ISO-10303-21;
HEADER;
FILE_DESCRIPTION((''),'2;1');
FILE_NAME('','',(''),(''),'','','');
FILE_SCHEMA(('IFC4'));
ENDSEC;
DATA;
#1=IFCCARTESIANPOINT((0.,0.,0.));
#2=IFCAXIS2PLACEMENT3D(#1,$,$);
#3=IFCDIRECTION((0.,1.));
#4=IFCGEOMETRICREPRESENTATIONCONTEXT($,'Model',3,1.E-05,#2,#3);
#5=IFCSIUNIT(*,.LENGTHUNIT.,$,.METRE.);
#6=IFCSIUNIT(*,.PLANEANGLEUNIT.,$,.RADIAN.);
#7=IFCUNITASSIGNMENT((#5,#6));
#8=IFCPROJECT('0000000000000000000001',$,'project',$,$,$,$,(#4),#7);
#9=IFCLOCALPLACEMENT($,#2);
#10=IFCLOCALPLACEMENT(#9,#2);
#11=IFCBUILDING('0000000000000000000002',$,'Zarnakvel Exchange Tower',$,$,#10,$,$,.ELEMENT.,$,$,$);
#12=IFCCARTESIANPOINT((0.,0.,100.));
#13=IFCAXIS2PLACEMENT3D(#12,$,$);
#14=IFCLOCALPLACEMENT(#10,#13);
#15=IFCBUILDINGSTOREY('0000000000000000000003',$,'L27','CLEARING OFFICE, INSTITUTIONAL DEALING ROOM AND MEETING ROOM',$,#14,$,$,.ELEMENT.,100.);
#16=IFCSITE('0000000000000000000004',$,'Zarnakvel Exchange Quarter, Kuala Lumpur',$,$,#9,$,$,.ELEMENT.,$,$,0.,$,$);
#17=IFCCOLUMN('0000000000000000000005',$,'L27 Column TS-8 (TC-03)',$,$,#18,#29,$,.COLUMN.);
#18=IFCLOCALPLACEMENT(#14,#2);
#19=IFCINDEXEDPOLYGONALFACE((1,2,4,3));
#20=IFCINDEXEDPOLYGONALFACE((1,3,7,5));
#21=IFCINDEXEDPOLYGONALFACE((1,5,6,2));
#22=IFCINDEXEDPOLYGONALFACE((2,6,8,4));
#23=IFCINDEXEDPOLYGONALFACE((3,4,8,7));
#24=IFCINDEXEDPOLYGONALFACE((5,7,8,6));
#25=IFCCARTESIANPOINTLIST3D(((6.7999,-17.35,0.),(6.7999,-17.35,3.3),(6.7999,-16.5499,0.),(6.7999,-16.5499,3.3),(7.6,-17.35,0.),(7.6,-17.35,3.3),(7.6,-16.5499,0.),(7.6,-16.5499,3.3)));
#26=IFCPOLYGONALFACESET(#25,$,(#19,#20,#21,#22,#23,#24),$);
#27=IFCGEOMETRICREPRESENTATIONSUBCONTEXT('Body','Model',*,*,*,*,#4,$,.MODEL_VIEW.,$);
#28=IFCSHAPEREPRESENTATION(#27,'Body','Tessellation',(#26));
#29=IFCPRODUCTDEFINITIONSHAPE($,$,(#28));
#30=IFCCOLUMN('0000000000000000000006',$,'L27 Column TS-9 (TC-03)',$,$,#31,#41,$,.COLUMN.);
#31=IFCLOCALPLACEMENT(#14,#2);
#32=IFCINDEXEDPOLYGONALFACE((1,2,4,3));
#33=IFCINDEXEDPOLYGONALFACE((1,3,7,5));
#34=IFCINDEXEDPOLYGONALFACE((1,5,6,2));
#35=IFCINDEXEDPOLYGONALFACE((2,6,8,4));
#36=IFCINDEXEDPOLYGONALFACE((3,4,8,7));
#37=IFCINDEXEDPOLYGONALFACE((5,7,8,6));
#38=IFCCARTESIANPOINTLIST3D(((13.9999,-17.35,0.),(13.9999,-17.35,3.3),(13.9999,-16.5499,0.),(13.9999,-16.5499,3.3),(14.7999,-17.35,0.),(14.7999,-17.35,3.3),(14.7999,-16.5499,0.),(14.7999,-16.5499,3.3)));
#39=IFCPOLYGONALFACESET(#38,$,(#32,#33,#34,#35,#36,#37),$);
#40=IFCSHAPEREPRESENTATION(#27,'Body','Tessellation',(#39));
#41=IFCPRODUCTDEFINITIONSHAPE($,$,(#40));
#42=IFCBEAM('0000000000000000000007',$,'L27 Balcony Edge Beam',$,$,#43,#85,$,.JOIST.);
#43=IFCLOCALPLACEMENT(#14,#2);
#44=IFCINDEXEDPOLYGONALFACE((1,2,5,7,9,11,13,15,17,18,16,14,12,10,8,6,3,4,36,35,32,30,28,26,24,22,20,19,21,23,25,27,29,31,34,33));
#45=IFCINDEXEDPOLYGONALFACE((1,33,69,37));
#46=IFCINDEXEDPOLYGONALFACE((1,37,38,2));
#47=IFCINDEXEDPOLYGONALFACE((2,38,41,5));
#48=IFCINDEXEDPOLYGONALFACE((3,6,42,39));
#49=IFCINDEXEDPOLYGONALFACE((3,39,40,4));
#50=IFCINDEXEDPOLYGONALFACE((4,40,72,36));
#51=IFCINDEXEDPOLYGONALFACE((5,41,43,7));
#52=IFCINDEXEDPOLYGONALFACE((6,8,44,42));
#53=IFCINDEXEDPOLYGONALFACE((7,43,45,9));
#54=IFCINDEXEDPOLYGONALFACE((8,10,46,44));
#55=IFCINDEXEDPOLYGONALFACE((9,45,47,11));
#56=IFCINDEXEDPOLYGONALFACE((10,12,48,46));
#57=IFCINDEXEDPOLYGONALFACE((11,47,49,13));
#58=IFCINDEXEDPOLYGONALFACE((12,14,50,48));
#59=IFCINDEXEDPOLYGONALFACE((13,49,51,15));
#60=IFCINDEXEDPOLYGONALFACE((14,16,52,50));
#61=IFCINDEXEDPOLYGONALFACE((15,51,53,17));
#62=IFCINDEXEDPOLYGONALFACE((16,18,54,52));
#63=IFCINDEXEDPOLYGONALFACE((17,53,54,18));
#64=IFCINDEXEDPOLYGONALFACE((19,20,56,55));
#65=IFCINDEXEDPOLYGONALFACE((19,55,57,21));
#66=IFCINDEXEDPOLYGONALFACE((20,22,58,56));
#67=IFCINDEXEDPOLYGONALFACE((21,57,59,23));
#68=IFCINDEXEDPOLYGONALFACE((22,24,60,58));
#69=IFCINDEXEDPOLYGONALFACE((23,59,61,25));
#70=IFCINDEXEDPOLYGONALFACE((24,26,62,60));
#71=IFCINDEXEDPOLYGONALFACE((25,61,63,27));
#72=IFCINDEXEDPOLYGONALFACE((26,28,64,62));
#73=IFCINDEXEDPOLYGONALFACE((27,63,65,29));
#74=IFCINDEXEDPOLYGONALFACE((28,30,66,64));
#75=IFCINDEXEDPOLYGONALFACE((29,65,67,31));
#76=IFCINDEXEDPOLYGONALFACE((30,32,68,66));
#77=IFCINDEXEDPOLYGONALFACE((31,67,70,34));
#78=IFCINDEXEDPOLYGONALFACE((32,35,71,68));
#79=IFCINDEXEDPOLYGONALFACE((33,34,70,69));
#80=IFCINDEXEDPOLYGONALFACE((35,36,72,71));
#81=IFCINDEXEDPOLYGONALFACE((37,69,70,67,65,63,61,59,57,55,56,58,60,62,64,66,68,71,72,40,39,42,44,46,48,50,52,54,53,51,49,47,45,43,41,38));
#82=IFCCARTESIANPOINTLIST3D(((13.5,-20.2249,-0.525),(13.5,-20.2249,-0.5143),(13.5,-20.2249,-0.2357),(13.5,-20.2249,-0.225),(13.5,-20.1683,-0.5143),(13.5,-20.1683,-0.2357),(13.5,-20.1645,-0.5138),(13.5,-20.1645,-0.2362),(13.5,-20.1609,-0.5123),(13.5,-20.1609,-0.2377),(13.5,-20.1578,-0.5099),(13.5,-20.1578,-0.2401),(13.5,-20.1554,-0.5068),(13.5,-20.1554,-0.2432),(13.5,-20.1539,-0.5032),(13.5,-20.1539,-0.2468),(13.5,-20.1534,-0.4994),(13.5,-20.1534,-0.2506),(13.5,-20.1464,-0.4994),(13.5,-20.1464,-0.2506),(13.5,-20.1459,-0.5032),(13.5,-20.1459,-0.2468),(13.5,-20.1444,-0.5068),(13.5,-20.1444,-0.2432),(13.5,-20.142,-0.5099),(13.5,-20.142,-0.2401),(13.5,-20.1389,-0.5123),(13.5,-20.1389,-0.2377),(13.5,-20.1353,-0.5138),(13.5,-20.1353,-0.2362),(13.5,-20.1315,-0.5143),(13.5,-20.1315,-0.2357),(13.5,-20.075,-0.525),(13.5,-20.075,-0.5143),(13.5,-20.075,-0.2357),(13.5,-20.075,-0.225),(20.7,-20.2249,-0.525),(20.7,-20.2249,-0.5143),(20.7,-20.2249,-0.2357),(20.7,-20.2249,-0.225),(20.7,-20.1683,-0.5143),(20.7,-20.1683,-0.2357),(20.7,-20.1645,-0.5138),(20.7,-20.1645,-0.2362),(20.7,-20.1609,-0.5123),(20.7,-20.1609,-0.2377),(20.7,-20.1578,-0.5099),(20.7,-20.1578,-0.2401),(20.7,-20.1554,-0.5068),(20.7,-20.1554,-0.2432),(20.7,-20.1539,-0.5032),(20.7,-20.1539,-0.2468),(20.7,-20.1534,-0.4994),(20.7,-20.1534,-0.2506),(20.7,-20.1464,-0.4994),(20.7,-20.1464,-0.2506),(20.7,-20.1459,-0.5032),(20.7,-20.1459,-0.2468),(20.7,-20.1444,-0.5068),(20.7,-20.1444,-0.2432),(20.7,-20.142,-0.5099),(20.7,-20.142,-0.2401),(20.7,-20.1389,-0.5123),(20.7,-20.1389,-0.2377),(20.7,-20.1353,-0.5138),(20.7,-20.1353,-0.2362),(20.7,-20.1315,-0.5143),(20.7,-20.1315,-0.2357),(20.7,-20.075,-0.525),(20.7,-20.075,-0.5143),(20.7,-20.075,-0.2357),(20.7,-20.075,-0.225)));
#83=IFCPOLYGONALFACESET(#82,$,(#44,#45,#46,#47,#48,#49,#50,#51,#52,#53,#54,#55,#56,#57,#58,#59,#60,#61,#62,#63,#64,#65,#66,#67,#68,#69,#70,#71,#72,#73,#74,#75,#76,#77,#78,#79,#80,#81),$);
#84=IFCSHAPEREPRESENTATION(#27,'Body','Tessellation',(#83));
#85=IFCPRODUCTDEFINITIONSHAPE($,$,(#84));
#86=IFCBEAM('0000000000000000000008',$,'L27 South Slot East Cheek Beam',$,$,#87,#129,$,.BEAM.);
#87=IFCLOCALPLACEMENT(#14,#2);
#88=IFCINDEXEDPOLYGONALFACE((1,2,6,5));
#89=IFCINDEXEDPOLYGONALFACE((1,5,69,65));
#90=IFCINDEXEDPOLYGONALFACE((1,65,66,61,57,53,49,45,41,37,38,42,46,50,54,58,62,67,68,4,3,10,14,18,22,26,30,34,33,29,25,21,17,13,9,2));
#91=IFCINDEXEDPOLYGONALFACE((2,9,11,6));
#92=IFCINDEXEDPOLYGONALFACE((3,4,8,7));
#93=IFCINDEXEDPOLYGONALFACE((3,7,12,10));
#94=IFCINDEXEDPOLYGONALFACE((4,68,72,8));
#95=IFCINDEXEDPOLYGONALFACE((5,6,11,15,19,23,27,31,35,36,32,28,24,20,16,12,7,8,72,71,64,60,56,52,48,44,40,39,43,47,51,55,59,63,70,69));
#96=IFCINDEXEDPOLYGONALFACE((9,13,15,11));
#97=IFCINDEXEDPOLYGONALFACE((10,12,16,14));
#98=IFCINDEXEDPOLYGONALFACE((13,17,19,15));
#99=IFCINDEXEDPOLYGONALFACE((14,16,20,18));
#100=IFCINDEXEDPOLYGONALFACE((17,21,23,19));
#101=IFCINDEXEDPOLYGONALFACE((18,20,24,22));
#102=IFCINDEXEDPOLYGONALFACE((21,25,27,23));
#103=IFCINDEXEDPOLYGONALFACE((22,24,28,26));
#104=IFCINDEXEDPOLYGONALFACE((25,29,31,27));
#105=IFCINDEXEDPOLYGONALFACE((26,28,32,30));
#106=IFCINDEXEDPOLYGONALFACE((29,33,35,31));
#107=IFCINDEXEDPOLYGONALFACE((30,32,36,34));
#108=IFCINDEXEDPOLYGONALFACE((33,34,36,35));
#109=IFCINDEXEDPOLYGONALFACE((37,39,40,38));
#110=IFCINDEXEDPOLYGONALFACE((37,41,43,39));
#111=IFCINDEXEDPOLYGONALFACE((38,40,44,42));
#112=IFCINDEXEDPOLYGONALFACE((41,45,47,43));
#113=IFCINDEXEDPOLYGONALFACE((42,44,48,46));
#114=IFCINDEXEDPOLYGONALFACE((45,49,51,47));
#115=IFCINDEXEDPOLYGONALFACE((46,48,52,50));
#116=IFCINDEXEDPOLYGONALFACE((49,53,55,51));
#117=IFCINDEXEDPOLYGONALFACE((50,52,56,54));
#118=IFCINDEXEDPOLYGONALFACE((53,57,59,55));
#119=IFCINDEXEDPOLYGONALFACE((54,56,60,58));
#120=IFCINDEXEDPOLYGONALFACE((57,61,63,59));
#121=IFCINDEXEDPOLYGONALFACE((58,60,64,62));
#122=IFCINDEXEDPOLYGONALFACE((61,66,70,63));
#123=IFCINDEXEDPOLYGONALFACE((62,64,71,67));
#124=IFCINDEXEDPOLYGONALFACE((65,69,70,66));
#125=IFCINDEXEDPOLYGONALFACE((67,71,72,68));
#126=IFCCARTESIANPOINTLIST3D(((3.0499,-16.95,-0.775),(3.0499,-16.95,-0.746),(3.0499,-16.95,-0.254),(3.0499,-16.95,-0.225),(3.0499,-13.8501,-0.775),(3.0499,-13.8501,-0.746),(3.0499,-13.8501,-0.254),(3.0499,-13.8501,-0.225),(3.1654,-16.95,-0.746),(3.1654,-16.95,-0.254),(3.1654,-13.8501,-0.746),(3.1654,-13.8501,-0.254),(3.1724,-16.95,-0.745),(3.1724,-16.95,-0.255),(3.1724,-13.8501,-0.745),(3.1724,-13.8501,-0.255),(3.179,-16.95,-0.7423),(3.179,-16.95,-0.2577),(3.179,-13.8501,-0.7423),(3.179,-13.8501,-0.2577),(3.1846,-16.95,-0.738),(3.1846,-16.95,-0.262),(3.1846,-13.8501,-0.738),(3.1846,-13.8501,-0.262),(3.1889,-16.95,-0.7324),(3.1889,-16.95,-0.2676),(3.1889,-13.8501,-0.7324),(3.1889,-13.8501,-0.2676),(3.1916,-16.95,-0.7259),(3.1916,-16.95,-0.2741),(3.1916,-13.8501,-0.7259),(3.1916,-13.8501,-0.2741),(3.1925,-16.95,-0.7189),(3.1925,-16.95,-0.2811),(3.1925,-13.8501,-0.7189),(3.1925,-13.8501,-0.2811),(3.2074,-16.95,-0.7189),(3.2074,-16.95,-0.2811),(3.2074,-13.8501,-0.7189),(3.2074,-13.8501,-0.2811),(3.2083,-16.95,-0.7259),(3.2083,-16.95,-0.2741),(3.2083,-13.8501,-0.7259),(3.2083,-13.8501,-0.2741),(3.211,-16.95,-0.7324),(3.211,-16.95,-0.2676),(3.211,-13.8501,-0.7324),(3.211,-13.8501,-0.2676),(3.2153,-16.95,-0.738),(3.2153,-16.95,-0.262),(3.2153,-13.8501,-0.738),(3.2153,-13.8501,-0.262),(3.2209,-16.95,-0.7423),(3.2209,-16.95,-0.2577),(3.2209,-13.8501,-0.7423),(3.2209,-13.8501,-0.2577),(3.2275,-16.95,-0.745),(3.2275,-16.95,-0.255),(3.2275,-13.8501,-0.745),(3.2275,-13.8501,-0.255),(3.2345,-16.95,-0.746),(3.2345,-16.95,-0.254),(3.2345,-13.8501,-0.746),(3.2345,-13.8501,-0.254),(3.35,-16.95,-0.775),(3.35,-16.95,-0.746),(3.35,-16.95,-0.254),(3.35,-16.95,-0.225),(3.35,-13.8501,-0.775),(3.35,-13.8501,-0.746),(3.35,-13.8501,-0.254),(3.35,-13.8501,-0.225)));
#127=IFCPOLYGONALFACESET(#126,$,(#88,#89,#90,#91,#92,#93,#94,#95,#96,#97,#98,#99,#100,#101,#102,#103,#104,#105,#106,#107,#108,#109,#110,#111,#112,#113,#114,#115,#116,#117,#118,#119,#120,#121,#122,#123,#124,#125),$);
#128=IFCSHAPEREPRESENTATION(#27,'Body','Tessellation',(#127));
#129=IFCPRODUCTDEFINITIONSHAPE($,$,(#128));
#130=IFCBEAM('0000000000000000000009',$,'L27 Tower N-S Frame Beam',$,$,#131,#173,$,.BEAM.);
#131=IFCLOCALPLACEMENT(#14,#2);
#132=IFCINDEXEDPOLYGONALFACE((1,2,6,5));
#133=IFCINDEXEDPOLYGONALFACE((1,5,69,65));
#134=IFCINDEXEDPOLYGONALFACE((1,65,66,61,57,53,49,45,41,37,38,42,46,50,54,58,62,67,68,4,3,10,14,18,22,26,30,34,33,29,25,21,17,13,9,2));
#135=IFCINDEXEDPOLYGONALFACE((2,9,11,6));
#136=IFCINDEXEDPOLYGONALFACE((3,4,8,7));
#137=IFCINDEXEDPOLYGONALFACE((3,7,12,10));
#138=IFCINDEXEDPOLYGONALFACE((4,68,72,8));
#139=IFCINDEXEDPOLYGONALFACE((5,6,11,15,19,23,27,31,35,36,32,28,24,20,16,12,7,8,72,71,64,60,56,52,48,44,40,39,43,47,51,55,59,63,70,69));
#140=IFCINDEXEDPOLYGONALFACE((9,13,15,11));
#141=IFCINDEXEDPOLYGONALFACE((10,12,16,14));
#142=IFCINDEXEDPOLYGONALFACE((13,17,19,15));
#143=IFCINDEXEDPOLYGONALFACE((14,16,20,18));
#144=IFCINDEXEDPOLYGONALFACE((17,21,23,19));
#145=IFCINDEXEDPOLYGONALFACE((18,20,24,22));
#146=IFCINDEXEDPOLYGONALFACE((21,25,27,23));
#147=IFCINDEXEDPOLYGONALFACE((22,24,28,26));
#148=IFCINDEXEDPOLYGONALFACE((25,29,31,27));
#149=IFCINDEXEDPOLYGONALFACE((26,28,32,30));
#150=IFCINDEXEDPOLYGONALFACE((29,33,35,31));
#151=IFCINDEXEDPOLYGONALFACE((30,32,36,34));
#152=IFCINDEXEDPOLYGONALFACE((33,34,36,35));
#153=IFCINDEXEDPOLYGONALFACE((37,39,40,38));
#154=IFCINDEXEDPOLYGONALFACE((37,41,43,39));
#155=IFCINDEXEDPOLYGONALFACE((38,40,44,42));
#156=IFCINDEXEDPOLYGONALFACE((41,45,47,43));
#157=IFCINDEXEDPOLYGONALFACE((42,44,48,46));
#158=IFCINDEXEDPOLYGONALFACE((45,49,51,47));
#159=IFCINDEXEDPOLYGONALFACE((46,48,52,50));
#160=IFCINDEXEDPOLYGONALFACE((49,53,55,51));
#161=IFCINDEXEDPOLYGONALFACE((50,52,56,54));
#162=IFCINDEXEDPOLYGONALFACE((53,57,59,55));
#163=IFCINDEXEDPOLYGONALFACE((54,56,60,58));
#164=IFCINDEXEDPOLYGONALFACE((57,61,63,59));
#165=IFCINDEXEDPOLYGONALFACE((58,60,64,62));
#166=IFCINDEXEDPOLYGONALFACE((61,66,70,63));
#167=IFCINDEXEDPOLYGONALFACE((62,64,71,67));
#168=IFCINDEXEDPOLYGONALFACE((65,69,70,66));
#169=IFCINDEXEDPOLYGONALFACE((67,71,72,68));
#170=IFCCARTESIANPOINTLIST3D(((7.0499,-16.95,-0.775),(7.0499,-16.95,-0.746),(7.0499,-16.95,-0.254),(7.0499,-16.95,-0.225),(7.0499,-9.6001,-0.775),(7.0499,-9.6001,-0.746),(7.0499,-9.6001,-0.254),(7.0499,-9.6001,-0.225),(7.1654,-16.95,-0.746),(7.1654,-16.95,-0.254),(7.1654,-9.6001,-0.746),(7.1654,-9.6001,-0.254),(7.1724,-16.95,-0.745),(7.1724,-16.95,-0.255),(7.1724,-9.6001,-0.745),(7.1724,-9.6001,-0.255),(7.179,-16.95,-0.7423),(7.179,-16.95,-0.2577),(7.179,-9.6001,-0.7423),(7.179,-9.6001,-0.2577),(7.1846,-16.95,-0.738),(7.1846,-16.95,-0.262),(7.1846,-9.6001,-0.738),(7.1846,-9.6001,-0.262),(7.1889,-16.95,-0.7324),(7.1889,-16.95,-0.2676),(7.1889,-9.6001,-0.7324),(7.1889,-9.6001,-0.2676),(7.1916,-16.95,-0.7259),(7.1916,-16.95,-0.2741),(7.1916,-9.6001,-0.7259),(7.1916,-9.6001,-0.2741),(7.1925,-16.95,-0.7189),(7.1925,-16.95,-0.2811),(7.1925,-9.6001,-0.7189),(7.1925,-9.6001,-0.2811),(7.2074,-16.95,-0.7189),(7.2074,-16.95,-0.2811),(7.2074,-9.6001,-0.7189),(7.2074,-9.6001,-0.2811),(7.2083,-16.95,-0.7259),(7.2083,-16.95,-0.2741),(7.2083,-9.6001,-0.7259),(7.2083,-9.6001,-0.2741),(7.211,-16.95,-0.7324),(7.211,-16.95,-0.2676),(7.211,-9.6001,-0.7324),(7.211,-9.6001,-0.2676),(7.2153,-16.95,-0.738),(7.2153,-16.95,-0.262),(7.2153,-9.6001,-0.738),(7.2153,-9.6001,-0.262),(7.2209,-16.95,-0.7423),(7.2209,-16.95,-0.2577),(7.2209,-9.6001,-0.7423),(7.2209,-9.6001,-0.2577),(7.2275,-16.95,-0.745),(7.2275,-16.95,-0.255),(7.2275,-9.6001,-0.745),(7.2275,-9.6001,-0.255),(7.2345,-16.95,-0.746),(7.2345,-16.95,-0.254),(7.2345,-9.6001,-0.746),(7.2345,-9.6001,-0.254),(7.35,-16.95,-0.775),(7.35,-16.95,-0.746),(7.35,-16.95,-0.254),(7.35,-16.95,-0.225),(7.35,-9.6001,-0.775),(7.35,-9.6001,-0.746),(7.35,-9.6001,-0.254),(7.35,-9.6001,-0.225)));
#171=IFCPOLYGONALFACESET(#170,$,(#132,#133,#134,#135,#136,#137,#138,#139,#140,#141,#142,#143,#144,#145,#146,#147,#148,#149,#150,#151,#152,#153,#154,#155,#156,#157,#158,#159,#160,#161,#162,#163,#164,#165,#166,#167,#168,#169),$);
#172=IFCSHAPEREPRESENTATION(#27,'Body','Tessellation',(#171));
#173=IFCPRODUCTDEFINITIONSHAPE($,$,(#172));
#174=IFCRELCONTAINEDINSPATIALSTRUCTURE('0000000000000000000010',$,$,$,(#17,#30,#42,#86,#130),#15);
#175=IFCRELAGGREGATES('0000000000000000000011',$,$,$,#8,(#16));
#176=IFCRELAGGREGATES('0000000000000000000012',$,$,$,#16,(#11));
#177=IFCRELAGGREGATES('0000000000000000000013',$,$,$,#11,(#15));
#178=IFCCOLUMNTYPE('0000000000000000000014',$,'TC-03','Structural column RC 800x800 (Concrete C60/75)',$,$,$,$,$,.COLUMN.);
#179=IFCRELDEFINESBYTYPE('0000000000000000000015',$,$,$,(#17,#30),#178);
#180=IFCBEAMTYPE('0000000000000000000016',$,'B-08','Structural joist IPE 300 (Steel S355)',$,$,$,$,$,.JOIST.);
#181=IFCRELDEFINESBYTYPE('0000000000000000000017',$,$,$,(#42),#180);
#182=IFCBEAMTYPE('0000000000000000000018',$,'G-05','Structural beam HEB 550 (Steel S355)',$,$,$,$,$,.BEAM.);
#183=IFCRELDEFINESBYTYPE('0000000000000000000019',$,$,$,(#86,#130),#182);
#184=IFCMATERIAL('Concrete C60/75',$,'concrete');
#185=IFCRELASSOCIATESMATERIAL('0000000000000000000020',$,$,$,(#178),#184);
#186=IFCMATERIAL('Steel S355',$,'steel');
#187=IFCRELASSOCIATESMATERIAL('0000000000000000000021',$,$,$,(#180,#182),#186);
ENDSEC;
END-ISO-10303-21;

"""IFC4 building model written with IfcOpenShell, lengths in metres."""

from ifc_helpers import new_model, si_unit, direction, frame, origin, origin_2d, place, context, subcontext, project, spatial, rectangle, i_section, extrude, material, material_profile, profile_set, type_object, element, save


model = new_model("IFC4")

# Units and contexts
model_context = context("Model", 3, precision=1e-05, world=origin(), true_north=direction((0.0, 1.0)))
body_context = subcontext(model_context, "Body", "Model", "MODEL_VIEW")
ifc_project = project(units=[si_unit("LENGTHUNIT", "METRE"), si_unit("PLANEANGLEUNIT", "RADIAN")], contexts=[model_context])

# Site, building, storey
site_placement = place(None, origin())
site = spatial("IfcSite", under=ifc_project, at=site_placement, Name="Zarnakvel Exchange Quarter, Kuala Lumpur", CompositionType="ELEMENT", RefElevation=0.0)
building_placement = place(site_placement, origin())
building = spatial("IfcBuilding", under=site, at=building_placement, Name="Zarnakvel Exchange Tower", CompositionType="ELEMENT")
storey_placement = place(building_placement, frame((0.0, 0.0, 100.0)))
storey = spatial("IfcBuildingStorey", under=building, at=storey_placement, Name="L27", Description="CLEARING OFFICE, INSTITUTIONAL DEALING ROOM AND MEETING ROOM", CompositionType="ELEMENT", Elevation=100.0)

# Columns
ifc_material_1 = material(Name="Concrete C60/75", Category="concrete")
ifc_material_profile_1 = material_profile(ifc_material_1, rectangle(XDim=0.8, YDim=0.8, at=origin_2d()))
ifc_profile_set_1 = profile_set([ifc_material_profile_1], Name="Concrete C60/75")
column_type = type_object("IfcColumnType", Name="TC-03", Description="Structural column RC 800x800 (Concrete C60/75)", PredefinedType="COLUMN", material=ifc_profile_set_1)
for number, where, z_axis, x_axis, name in (
    (1, (7.2, -16.95, 0.0), (0.0, 0.0, 1.0), (1.0, 0.0, 0.0), "L27 Column TS-8 (TC-03)"),
    (2, (14.3999, -16.95, 0.0), (0.0, 0.0, 1.0), (1.0, 0.0, 0.0), "L27 Column TS-9 (TC-03)"),
):
    element("IfcColumn", number, at=place(storey_placement, frame(where, z_axis=z_axis, x_axis=x_axis)), inside=storey, type_object=column_type, Name=name, PredefinedType="COLUMN", context=body_context, shape_type="SweptSolid", body=[
        extrude(rectangle(XDim=0.8, YDim=0.8, at=origin_2d()), origin(), (0.0, 0.0, 1.0), 3.3),
    ])

# Beams
ifc_material_2 = material(Name="Steel S355", Category="steel")
ifc_material_profile_2 = material_profile(ifc_material_2, i_section(OverallWidth=0.1499, OverallDepth=0.3, WebThickness=0.0071, FlangeThickness=0.0107, FilletRadius=0.0149, at=origin_2d()))
ifc_profile_set_2 = profile_set([ifc_material_profile_2], Name="Steel S355")
beam_type_1 = type_object("IfcBeamType", Name="B-08", Description="Structural joist IPE 300 (Steel S355)", PredefinedType="JOIST", material=ifc_profile_set_2)
beam_1_placement = place(storey_placement, frame((13.5, -20.1499, -0.375), z_axis=(1.0, 0.0, 0.0), x_axis=(0.0, 1.0, 0.0)))
element("IfcBeam", 3, at=beam_1_placement, inside=storey, type_object=beam_type_1, Name="L27 Balcony Edge Beam", PredefinedType="JOIST", context=body_context, shape_type="SweptSolid", body=[
    extrude(i_section(OverallWidth=0.1499, OverallDepth=0.3, WebThickness=0.0071, FlangeThickness=0.0107, FilletRadius=0.0149, at=origin_2d()), origin(), (0.0, 0.0, 1.0), 7.2),
])
ifc_material_profile_3 = material_profile(ifc_material_2, i_section(OverallWidth=0.3, OverallDepth=0.55, WebThickness=0.0149, FlangeThickness=0.0291, FilletRadius=0.0271, at=origin_2d()))
ifc_profile_set_3 = profile_set([ifc_material_profile_3], Name="Steel S355")
beam_type_2 = type_object("IfcBeamType", Name="G-05", Description="Structural beam HEB 550 (Steel S355)", PredefinedType="BEAM", material=ifc_profile_set_3)
beam_2_placement = place(storey_placement, frame((3.2, -16.95, -0.5), z_axis=(0.0, 1.0, 0.0), x_axis=(-1.0, 0.0, 0.0)))
element("IfcBeam", 4, at=beam_2_placement, inside=storey, type_object=beam_type_2, Name="L27 South Slot East Cheek Beam", PredefinedType="BEAM", context=body_context, shape_type="SweptSolid", body=[
    extrude(i_section(OverallWidth=0.3, OverallDepth=0.55, WebThickness=0.0149, FlangeThickness=0.0291, FilletRadius=0.0271, at=origin_2d()), origin(), (0.0, 0.0, 1.0), 3.0999),
])
beam_3_placement = place(storey_placement, frame((7.2, -16.95, -0.5), z_axis=(0.0, 1.0, 0.0), x_axis=(-1.0, 0.0, 0.0)))
element("IfcBeam", 5, at=beam_3_placement, inside=storey, type_object=beam_type_2, Name="L27 Tower N-S Frame Beam", PredefinedType="BEAM", context=body_context, shape_type="SweptSolid", body=[
    extrude(i_section(OverallWidth=0.3, OverallDepth=0.55, WebThickness=0.0149, FlangeThickness=0.0291, FilletRadius=0.0271, at=origin_2d()), origin(), (0.0, 0.0, 1.0), 7.3499),
])

save(model, "model.ifc")
